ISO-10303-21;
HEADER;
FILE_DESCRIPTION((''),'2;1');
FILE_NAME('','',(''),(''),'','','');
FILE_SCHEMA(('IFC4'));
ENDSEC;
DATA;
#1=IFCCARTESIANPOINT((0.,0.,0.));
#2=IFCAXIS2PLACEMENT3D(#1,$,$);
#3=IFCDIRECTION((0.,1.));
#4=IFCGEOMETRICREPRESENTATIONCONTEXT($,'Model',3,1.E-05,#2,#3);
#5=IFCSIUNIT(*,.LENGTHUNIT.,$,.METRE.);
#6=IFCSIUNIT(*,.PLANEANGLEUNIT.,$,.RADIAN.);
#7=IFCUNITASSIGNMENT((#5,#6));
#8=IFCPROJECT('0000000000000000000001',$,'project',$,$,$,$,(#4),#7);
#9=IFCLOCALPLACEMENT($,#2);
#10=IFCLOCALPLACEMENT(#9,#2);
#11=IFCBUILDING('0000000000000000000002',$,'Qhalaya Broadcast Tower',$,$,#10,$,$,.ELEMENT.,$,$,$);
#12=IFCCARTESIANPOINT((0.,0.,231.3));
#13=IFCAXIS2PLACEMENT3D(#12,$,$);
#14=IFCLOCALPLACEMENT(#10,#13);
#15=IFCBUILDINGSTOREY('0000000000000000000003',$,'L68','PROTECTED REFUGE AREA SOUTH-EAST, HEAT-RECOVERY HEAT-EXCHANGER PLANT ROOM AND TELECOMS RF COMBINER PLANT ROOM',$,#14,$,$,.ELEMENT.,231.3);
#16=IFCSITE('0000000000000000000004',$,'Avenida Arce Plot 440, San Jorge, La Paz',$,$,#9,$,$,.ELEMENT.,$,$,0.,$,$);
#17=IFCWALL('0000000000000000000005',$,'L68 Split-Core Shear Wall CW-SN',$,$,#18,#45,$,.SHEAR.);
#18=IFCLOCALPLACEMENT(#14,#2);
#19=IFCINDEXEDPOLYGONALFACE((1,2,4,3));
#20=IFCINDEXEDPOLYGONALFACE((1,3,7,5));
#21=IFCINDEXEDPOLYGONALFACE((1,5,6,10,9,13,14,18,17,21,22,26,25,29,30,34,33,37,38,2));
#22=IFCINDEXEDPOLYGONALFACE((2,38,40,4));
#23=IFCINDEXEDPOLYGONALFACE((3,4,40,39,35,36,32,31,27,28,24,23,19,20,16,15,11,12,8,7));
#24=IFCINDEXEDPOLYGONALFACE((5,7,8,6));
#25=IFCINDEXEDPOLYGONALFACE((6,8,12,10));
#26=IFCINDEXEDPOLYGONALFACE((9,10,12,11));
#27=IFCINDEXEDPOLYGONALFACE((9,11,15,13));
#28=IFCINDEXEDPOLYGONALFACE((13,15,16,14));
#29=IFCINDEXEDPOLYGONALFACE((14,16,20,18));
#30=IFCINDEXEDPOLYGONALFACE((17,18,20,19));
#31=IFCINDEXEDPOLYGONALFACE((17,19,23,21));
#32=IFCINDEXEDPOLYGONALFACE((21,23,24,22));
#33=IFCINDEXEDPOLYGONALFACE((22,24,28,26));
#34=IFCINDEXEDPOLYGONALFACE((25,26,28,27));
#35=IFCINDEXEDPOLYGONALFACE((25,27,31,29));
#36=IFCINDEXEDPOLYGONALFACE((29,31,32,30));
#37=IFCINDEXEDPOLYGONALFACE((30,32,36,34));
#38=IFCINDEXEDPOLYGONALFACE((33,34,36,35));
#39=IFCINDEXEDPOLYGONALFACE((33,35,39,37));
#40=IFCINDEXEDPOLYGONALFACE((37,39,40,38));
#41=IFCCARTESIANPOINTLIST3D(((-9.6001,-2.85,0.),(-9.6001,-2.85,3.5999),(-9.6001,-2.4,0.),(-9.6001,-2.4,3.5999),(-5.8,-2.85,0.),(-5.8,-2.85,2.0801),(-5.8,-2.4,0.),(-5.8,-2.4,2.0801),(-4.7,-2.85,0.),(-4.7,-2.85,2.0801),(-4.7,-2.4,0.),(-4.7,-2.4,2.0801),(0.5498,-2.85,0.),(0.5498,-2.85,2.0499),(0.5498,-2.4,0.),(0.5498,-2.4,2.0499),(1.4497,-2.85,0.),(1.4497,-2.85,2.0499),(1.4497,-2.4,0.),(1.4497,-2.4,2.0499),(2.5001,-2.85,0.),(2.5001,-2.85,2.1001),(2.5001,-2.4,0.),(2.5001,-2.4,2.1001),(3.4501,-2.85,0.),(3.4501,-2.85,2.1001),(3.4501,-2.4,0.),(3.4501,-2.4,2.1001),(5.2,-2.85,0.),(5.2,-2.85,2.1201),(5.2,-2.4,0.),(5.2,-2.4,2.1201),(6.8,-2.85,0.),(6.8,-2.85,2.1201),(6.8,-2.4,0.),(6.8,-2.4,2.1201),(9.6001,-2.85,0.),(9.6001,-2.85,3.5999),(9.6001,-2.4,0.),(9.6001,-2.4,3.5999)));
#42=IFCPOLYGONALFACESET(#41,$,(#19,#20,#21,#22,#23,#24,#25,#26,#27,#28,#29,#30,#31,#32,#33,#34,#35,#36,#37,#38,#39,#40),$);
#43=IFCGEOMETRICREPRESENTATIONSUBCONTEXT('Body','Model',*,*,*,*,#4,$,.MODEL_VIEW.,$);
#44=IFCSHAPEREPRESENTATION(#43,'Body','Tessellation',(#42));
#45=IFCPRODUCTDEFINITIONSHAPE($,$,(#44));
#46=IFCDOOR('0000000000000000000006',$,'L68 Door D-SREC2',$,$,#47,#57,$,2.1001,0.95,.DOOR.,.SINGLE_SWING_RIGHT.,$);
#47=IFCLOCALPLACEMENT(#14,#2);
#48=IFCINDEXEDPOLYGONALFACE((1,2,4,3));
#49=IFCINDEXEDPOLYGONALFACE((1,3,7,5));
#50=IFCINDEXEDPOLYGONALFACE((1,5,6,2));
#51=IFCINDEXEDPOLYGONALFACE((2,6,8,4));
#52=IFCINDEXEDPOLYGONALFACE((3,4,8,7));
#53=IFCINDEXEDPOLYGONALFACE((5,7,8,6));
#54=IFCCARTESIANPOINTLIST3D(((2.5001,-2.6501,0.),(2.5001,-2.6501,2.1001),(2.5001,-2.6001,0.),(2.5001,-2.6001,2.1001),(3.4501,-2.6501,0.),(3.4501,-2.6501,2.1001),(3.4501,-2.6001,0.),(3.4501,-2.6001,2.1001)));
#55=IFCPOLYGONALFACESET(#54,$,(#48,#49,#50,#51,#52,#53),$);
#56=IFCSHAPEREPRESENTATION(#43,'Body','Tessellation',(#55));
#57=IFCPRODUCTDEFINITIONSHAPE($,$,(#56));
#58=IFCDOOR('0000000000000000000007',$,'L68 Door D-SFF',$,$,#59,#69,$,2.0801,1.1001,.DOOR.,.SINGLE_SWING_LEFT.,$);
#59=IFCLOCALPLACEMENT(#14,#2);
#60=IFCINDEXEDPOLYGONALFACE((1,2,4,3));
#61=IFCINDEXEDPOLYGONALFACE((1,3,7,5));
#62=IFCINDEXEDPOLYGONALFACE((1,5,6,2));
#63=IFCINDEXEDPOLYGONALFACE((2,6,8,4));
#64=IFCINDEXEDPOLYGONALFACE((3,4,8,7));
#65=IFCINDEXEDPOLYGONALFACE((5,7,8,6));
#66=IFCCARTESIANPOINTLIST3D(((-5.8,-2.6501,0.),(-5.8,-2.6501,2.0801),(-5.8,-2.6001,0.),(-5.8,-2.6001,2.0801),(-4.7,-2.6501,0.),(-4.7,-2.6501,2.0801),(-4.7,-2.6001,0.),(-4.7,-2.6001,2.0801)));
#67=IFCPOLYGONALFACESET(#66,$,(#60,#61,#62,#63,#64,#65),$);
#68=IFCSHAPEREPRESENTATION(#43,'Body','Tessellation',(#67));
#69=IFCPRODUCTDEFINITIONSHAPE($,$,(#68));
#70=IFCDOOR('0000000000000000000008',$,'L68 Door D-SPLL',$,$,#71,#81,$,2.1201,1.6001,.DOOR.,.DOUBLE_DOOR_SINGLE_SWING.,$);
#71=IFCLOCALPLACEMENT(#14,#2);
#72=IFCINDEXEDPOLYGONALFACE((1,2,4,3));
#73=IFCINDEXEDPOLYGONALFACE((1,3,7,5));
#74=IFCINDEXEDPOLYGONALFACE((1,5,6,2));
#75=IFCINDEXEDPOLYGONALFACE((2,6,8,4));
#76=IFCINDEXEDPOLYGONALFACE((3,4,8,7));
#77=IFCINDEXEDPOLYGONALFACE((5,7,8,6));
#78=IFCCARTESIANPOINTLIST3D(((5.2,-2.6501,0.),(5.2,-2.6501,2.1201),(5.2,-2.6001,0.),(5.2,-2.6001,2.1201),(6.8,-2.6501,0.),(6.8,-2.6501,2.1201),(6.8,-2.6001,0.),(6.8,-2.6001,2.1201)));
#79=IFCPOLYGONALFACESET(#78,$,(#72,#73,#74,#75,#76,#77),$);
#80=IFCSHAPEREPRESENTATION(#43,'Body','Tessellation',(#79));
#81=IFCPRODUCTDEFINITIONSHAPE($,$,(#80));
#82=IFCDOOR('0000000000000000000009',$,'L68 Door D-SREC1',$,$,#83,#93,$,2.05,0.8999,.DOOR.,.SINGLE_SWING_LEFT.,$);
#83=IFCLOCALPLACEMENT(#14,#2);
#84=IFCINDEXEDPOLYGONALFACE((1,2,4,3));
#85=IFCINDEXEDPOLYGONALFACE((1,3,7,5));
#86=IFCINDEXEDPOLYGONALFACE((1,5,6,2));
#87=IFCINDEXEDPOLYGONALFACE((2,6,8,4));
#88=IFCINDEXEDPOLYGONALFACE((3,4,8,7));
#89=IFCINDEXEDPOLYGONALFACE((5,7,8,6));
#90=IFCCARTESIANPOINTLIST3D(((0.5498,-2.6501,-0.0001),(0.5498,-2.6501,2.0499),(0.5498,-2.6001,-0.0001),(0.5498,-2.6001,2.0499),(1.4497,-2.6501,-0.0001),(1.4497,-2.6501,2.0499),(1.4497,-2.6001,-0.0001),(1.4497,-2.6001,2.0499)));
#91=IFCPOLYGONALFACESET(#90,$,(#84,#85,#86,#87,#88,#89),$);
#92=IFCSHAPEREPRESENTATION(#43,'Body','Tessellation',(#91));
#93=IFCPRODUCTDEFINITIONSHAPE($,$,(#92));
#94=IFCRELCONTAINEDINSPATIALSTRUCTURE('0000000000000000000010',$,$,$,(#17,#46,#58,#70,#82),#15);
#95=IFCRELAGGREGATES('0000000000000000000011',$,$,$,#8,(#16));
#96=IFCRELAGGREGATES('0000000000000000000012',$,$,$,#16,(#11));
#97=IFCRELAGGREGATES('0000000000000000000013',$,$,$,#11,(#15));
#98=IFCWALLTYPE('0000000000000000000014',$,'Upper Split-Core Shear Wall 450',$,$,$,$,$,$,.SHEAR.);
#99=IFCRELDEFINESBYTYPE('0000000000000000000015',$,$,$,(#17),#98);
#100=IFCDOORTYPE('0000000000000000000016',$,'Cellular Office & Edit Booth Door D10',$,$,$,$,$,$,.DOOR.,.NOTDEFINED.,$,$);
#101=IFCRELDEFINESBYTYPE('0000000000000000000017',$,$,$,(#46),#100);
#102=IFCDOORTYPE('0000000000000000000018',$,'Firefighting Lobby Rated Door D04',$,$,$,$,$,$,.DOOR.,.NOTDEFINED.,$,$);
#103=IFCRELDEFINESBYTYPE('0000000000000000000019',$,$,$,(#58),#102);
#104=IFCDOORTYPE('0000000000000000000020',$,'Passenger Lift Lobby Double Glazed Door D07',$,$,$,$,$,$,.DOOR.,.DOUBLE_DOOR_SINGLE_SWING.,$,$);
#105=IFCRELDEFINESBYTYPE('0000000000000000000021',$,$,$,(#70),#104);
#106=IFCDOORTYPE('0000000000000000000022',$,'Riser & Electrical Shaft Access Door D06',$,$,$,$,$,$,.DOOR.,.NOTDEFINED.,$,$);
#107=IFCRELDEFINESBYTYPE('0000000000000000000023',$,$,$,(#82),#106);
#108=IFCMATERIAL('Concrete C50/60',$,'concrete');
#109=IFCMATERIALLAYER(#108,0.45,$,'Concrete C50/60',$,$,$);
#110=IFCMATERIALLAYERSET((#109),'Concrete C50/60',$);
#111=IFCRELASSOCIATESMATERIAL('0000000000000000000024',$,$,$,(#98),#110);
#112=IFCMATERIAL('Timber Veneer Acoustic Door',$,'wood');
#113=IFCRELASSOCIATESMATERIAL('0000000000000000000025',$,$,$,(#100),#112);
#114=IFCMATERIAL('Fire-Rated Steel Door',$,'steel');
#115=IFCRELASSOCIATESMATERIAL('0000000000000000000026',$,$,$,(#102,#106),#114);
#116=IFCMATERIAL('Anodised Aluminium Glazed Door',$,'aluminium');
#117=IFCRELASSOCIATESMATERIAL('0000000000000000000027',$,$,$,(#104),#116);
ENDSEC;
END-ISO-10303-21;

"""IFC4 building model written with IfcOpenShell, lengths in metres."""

from ifc_helpers import new_model, si_unit, direction, frame, frame_2d, origin, place, context, subcontext, project, spatial, rectangle, extrude, material, layer, layer_set, type_object, element, fill, save


model = new_model("IFC4")

# Units and contexts
model_context = context("Model", 3, precision=1e-05, world=origin(), true_north=direction((0.0, 1.0)))
body_context = subcontext(model_context, "Body", "Model", "MODEL_VIEW")
ifc_project = project(units=[si_unit("LENGTHUNIT", "METRE"), si_unit("PLANEANGLEUNIT", "RADIAN")], contexts=[model_context])

# Site, building, storey
site_placement = place(None, origin())
site = spatial("IfcSite", under=ifc_project, at=site_placement, Name="Avenida Arce Plot 440, San Jorge, La Paz", CompositionType="ELEMENT", RefElevation=0.0)
building_placement = place(site_placement, origin())
building = spatial("IfcBuilding", under=site, at=building_placement, Name="Qhalaya Broadcast Tower", CompositionType="ELEMENT")
storey_placement = place(building_placement, frame((0.0, 0.0, 231.3)))
storey = spatial("IfcBuildingStorey", under=building, at=storey_placement, Name="L68", Description="PROTECTED REFUGE AREA SOUTH-EAST, HEAT-RECOVERY HEAT-EXCHANGER PLANT ROOM AND TELECOMS RF COMBINER PLANT ROOM", CompositionType="ELEMENT", Elevation=231.3)

# Shared definitions
ifc_material_1 = material(Name="Concrete C50/60", Category="concrete")

# Wall, openings, doors
ifc_layer_1 = layer(ifc_material_1, 0.45, Name="Concrete C50/60")
ifc_layer_set_1 = layer_set([ifc_layer_1], Name="Concrete C50/60")
wall_type = type_object("IfcWallType", Name="Upper Split-Core Shear Wall 450", PredefinedType="SHEAR", material=ifc_layer_set_1)
wall_placement = place(storey_placement, frame((-9.6001, -2.625, 0.0), z_axis=(0.0, 0.0, 1.0), x_axis=(1.0, 0.0, 0.0)))
wall = element("IfcWall", 1, at=wall_placement, inside=storey, type_object=wall_type, Name="L68 Split-Core Shear Wall CW-SN", PredefinedType="SHEAR", context=body_context, shape_type="SweptSolid", body=[
    extrude(rectangle(XDim=19.2002, YDim=0.45, at=frame_2d((9.6001, 0.0))), origin(), (0.0, 0.0, 1.0), 3.5999),
])
opening_1_placement = place(wall_placement, frame((3.8, 0.0, 0.0)))
opening_1 = element("IfcOpeningElement", 2, at=opening_1_placement, cuts=wall, PredefinedType="OPENING", context=body_context, shape_type="SweptSolid", body=[
    extrude(rectangle(XDim=1.1001, YDim=2.0801, at=frame_2d((0.55, 1.04))), frame((0.0, 0.2371, 0.0), z_axis=(0.0, -1.0, 0.0), x_axis=(1.0, 0.0, 0.0)), (0.0, 0.0, 1.0), 0.4739),
])
opening_2_placement = place(wall_placement, frame((10.1499, 0.0, 0.0)))
opening_2 = element("IfcOpeningElement", 3, at=opening_2_placement, cuts=wall, PredefinedType="OPENING", context=body_context, shape_type="SweptSolid", body=[
    extrude(rectangle(XDim=0.8999, YDim=2.05, at=frame_2d((0.45, 1.0249))), frame((0.0, 0.2371, 0.0), z_axis=(0.0, -1.0, 0.0), x_axis=(1.0, 0.0, 0.0)), (0.0, 0.0, 1.0), 0.4739),
])
opening_3_placement = place(wall_placement, frame((12.1001, 0.0, 0.0)))
opening_3 = element("IfcOpeningElement", 4, at=opening_3_placement, cuts=wall, PredefinedType="OPENING", context=body_context, shape_type="SweptSolid", body=[
    extrude(rectangle(XDim=0.95, YDim=2.1001, at=frame_2d((0.4751, 1.05))), frame((0.0, 0.2371, 0.0), z_axis=(0.0, -1.0, 0.0), x_axis=(1.0, 0.0, 0.0)), (0.0, 0.0, 1.0), 0.4739),
])
opening_4_placement = place(wall_placement, frame((14.8, 0.0, 0.0)))
opening_4 = element("IfcOpeningElement", 5, at=opening_4_placement, cuts=wall, PredefinedType="OPENING", context=body_context, shape_type="SweptSolid", body=[
    extrude(rectangle(XDim=1.6001, YDim=2.1201, at=frame_2d((0.8, 1.0601))), frame((0.0, 0.2371, 0.0), z_axis=(0.0, -1.0, 0.0), x_axis=(1.0, 0.0, 0.0)), (0.0, 0.0, 1.0), 0.4739),
])
ifc_material_2 = material(Name="Timber Veneer Acoustic Door", Category="wood")
door_type_1 = type_object("IfcDoorType", Name="Cellular Office & Edit Booth Door D10", OperationType="NOTDEFINED", PredefinedType="DOOR", material=ifc_material_2)
door_1_placement = place(opening_3_placement, origin())
door_1 = element("IfcDoor", 6, at=door_1_placement, inside=storey, type_object=door_type_1, Name="L68 Door D-SREC2", OperationType="SINGLE_SWING_RIGHT", OverallHeight=2.1001, OverallWidth=0.95, PredefinedType="DOOR", context=body_context, shape_type="SweptSolid", body=[
    extrude(rectangle(XDim=0.95, YDim=2.1001, at=frame_2d((0.4751, 1.05))), frame((0.0, 0.0249, 0.0), z_axis=(0.0, -1.0, 0.0), x_axis=(1.0, 0.0, 0.0)), (0.0, 0.0, 1.0), 0.05),
])
fill(opening_3, door_1)
ifc_material_3 = material(Name="Fire-Rated Steel Door", Category="steel")
door_type_2 = type_object("IfcDoorType", Name="Firefighting Lobby Rated Door D04", OperationType="NOTDEFINED", PredefinedType="DOOR", material=ifc_material_3)
door_2_placement = place(opening_1_placement, origin())
door_2 = element("IfcDoor", 7, at=door_2_placement, inside=storey, type_object=door_type_2, Name="L68 Door D-SFF", OperationType="SINGLE_SWING_LEFT", OverallHeight=2.0801, OverallWidth=1.1001, PredefinedType="DOOR", context=body_context, shape_type="SweptSolid", body=[
    extrude(rectangle(XDim=1.1001, YDim=2.0801, at=frame_2d((0.55, 1.04))), frame((0.0, 0.0249, 0.0), z_axis=(0.0, -1.0, 0.0), x_axis=(1.0, 0.0, 0.0)), (0.0, 0.0, 1.0), 0.05),
])
fill(opening_1, door_2)
ifc_material_4 = material(Name="Anodised Aluminium Glazed Door", Category="aluminium")
door_type_3 = type_object("IfcDoorType", Name="Passenger Lift Lobby Double Glazed Door D07", OperationType="DOUBLE_DOOR_SINGLE_SWING", PredefinedType="DOOR", material=ifc_material_4)
door_3_placement = place(opening_4_placement, origin())
door_3 = element("IfcDoor", 8, at=door_3_placement, inside=storey, type_object=door_type_3, Name="L68 Door D-SPLL", OperationType="DOUBLE_DOOR_SINGLE_SWING", OverallHeight=2.1201, OverallWidth=1.6001, PredefinedType="DOOR", context=body_context, shape_type="SweptSolid", body=[
    extrude(rectangle(XDim=1.6001, YDim=2.1201, at=frame_2d((0.8, 1.0601))), frame((0.0, 0.0249, 0.0), z_axis=(0.0, -1.0, 0.0), x_axis=(1.0, 0.0, 0.0)), (0.0, 0.0, 1.0), 0.05),
])
fill(opening_4, door_3)
door_type_4 = type_object("IfcDoorType", Name="Riser & Electrical Shaft Access Door D06", OperationType="NOTDEFINED", PredefinedType="DOOR", material=ifc_material_3)
door_4_placement = place(opening_2_placement, origin())
door_4 = element("IfcDoor", 9, at=door_4_placement, inside=storey, type_object=door_type_4, Name="L68 Door D-SREC1", OperationType="SINGLE_SWING_LEFT", OverallHeight=2.05, OverallWidth=0.8999, PredefinedType="DOOR", context=body_context, shape_type="SweptSolid", body=[
    extrude(rectangle(XDim=0.8999, YDim=2.05, at=frame_2d((0.45, 1.0249))), frame((0.0, 0.0249, 0.0), z_axis=(0.0, -1.0, 0.0), x_axis=(1.0, 0.0, 0.0)), (0.0, 0.0, 1.0), 0.05),
])
fill(opening_2, door_4)

save(model, "model.ifc")
